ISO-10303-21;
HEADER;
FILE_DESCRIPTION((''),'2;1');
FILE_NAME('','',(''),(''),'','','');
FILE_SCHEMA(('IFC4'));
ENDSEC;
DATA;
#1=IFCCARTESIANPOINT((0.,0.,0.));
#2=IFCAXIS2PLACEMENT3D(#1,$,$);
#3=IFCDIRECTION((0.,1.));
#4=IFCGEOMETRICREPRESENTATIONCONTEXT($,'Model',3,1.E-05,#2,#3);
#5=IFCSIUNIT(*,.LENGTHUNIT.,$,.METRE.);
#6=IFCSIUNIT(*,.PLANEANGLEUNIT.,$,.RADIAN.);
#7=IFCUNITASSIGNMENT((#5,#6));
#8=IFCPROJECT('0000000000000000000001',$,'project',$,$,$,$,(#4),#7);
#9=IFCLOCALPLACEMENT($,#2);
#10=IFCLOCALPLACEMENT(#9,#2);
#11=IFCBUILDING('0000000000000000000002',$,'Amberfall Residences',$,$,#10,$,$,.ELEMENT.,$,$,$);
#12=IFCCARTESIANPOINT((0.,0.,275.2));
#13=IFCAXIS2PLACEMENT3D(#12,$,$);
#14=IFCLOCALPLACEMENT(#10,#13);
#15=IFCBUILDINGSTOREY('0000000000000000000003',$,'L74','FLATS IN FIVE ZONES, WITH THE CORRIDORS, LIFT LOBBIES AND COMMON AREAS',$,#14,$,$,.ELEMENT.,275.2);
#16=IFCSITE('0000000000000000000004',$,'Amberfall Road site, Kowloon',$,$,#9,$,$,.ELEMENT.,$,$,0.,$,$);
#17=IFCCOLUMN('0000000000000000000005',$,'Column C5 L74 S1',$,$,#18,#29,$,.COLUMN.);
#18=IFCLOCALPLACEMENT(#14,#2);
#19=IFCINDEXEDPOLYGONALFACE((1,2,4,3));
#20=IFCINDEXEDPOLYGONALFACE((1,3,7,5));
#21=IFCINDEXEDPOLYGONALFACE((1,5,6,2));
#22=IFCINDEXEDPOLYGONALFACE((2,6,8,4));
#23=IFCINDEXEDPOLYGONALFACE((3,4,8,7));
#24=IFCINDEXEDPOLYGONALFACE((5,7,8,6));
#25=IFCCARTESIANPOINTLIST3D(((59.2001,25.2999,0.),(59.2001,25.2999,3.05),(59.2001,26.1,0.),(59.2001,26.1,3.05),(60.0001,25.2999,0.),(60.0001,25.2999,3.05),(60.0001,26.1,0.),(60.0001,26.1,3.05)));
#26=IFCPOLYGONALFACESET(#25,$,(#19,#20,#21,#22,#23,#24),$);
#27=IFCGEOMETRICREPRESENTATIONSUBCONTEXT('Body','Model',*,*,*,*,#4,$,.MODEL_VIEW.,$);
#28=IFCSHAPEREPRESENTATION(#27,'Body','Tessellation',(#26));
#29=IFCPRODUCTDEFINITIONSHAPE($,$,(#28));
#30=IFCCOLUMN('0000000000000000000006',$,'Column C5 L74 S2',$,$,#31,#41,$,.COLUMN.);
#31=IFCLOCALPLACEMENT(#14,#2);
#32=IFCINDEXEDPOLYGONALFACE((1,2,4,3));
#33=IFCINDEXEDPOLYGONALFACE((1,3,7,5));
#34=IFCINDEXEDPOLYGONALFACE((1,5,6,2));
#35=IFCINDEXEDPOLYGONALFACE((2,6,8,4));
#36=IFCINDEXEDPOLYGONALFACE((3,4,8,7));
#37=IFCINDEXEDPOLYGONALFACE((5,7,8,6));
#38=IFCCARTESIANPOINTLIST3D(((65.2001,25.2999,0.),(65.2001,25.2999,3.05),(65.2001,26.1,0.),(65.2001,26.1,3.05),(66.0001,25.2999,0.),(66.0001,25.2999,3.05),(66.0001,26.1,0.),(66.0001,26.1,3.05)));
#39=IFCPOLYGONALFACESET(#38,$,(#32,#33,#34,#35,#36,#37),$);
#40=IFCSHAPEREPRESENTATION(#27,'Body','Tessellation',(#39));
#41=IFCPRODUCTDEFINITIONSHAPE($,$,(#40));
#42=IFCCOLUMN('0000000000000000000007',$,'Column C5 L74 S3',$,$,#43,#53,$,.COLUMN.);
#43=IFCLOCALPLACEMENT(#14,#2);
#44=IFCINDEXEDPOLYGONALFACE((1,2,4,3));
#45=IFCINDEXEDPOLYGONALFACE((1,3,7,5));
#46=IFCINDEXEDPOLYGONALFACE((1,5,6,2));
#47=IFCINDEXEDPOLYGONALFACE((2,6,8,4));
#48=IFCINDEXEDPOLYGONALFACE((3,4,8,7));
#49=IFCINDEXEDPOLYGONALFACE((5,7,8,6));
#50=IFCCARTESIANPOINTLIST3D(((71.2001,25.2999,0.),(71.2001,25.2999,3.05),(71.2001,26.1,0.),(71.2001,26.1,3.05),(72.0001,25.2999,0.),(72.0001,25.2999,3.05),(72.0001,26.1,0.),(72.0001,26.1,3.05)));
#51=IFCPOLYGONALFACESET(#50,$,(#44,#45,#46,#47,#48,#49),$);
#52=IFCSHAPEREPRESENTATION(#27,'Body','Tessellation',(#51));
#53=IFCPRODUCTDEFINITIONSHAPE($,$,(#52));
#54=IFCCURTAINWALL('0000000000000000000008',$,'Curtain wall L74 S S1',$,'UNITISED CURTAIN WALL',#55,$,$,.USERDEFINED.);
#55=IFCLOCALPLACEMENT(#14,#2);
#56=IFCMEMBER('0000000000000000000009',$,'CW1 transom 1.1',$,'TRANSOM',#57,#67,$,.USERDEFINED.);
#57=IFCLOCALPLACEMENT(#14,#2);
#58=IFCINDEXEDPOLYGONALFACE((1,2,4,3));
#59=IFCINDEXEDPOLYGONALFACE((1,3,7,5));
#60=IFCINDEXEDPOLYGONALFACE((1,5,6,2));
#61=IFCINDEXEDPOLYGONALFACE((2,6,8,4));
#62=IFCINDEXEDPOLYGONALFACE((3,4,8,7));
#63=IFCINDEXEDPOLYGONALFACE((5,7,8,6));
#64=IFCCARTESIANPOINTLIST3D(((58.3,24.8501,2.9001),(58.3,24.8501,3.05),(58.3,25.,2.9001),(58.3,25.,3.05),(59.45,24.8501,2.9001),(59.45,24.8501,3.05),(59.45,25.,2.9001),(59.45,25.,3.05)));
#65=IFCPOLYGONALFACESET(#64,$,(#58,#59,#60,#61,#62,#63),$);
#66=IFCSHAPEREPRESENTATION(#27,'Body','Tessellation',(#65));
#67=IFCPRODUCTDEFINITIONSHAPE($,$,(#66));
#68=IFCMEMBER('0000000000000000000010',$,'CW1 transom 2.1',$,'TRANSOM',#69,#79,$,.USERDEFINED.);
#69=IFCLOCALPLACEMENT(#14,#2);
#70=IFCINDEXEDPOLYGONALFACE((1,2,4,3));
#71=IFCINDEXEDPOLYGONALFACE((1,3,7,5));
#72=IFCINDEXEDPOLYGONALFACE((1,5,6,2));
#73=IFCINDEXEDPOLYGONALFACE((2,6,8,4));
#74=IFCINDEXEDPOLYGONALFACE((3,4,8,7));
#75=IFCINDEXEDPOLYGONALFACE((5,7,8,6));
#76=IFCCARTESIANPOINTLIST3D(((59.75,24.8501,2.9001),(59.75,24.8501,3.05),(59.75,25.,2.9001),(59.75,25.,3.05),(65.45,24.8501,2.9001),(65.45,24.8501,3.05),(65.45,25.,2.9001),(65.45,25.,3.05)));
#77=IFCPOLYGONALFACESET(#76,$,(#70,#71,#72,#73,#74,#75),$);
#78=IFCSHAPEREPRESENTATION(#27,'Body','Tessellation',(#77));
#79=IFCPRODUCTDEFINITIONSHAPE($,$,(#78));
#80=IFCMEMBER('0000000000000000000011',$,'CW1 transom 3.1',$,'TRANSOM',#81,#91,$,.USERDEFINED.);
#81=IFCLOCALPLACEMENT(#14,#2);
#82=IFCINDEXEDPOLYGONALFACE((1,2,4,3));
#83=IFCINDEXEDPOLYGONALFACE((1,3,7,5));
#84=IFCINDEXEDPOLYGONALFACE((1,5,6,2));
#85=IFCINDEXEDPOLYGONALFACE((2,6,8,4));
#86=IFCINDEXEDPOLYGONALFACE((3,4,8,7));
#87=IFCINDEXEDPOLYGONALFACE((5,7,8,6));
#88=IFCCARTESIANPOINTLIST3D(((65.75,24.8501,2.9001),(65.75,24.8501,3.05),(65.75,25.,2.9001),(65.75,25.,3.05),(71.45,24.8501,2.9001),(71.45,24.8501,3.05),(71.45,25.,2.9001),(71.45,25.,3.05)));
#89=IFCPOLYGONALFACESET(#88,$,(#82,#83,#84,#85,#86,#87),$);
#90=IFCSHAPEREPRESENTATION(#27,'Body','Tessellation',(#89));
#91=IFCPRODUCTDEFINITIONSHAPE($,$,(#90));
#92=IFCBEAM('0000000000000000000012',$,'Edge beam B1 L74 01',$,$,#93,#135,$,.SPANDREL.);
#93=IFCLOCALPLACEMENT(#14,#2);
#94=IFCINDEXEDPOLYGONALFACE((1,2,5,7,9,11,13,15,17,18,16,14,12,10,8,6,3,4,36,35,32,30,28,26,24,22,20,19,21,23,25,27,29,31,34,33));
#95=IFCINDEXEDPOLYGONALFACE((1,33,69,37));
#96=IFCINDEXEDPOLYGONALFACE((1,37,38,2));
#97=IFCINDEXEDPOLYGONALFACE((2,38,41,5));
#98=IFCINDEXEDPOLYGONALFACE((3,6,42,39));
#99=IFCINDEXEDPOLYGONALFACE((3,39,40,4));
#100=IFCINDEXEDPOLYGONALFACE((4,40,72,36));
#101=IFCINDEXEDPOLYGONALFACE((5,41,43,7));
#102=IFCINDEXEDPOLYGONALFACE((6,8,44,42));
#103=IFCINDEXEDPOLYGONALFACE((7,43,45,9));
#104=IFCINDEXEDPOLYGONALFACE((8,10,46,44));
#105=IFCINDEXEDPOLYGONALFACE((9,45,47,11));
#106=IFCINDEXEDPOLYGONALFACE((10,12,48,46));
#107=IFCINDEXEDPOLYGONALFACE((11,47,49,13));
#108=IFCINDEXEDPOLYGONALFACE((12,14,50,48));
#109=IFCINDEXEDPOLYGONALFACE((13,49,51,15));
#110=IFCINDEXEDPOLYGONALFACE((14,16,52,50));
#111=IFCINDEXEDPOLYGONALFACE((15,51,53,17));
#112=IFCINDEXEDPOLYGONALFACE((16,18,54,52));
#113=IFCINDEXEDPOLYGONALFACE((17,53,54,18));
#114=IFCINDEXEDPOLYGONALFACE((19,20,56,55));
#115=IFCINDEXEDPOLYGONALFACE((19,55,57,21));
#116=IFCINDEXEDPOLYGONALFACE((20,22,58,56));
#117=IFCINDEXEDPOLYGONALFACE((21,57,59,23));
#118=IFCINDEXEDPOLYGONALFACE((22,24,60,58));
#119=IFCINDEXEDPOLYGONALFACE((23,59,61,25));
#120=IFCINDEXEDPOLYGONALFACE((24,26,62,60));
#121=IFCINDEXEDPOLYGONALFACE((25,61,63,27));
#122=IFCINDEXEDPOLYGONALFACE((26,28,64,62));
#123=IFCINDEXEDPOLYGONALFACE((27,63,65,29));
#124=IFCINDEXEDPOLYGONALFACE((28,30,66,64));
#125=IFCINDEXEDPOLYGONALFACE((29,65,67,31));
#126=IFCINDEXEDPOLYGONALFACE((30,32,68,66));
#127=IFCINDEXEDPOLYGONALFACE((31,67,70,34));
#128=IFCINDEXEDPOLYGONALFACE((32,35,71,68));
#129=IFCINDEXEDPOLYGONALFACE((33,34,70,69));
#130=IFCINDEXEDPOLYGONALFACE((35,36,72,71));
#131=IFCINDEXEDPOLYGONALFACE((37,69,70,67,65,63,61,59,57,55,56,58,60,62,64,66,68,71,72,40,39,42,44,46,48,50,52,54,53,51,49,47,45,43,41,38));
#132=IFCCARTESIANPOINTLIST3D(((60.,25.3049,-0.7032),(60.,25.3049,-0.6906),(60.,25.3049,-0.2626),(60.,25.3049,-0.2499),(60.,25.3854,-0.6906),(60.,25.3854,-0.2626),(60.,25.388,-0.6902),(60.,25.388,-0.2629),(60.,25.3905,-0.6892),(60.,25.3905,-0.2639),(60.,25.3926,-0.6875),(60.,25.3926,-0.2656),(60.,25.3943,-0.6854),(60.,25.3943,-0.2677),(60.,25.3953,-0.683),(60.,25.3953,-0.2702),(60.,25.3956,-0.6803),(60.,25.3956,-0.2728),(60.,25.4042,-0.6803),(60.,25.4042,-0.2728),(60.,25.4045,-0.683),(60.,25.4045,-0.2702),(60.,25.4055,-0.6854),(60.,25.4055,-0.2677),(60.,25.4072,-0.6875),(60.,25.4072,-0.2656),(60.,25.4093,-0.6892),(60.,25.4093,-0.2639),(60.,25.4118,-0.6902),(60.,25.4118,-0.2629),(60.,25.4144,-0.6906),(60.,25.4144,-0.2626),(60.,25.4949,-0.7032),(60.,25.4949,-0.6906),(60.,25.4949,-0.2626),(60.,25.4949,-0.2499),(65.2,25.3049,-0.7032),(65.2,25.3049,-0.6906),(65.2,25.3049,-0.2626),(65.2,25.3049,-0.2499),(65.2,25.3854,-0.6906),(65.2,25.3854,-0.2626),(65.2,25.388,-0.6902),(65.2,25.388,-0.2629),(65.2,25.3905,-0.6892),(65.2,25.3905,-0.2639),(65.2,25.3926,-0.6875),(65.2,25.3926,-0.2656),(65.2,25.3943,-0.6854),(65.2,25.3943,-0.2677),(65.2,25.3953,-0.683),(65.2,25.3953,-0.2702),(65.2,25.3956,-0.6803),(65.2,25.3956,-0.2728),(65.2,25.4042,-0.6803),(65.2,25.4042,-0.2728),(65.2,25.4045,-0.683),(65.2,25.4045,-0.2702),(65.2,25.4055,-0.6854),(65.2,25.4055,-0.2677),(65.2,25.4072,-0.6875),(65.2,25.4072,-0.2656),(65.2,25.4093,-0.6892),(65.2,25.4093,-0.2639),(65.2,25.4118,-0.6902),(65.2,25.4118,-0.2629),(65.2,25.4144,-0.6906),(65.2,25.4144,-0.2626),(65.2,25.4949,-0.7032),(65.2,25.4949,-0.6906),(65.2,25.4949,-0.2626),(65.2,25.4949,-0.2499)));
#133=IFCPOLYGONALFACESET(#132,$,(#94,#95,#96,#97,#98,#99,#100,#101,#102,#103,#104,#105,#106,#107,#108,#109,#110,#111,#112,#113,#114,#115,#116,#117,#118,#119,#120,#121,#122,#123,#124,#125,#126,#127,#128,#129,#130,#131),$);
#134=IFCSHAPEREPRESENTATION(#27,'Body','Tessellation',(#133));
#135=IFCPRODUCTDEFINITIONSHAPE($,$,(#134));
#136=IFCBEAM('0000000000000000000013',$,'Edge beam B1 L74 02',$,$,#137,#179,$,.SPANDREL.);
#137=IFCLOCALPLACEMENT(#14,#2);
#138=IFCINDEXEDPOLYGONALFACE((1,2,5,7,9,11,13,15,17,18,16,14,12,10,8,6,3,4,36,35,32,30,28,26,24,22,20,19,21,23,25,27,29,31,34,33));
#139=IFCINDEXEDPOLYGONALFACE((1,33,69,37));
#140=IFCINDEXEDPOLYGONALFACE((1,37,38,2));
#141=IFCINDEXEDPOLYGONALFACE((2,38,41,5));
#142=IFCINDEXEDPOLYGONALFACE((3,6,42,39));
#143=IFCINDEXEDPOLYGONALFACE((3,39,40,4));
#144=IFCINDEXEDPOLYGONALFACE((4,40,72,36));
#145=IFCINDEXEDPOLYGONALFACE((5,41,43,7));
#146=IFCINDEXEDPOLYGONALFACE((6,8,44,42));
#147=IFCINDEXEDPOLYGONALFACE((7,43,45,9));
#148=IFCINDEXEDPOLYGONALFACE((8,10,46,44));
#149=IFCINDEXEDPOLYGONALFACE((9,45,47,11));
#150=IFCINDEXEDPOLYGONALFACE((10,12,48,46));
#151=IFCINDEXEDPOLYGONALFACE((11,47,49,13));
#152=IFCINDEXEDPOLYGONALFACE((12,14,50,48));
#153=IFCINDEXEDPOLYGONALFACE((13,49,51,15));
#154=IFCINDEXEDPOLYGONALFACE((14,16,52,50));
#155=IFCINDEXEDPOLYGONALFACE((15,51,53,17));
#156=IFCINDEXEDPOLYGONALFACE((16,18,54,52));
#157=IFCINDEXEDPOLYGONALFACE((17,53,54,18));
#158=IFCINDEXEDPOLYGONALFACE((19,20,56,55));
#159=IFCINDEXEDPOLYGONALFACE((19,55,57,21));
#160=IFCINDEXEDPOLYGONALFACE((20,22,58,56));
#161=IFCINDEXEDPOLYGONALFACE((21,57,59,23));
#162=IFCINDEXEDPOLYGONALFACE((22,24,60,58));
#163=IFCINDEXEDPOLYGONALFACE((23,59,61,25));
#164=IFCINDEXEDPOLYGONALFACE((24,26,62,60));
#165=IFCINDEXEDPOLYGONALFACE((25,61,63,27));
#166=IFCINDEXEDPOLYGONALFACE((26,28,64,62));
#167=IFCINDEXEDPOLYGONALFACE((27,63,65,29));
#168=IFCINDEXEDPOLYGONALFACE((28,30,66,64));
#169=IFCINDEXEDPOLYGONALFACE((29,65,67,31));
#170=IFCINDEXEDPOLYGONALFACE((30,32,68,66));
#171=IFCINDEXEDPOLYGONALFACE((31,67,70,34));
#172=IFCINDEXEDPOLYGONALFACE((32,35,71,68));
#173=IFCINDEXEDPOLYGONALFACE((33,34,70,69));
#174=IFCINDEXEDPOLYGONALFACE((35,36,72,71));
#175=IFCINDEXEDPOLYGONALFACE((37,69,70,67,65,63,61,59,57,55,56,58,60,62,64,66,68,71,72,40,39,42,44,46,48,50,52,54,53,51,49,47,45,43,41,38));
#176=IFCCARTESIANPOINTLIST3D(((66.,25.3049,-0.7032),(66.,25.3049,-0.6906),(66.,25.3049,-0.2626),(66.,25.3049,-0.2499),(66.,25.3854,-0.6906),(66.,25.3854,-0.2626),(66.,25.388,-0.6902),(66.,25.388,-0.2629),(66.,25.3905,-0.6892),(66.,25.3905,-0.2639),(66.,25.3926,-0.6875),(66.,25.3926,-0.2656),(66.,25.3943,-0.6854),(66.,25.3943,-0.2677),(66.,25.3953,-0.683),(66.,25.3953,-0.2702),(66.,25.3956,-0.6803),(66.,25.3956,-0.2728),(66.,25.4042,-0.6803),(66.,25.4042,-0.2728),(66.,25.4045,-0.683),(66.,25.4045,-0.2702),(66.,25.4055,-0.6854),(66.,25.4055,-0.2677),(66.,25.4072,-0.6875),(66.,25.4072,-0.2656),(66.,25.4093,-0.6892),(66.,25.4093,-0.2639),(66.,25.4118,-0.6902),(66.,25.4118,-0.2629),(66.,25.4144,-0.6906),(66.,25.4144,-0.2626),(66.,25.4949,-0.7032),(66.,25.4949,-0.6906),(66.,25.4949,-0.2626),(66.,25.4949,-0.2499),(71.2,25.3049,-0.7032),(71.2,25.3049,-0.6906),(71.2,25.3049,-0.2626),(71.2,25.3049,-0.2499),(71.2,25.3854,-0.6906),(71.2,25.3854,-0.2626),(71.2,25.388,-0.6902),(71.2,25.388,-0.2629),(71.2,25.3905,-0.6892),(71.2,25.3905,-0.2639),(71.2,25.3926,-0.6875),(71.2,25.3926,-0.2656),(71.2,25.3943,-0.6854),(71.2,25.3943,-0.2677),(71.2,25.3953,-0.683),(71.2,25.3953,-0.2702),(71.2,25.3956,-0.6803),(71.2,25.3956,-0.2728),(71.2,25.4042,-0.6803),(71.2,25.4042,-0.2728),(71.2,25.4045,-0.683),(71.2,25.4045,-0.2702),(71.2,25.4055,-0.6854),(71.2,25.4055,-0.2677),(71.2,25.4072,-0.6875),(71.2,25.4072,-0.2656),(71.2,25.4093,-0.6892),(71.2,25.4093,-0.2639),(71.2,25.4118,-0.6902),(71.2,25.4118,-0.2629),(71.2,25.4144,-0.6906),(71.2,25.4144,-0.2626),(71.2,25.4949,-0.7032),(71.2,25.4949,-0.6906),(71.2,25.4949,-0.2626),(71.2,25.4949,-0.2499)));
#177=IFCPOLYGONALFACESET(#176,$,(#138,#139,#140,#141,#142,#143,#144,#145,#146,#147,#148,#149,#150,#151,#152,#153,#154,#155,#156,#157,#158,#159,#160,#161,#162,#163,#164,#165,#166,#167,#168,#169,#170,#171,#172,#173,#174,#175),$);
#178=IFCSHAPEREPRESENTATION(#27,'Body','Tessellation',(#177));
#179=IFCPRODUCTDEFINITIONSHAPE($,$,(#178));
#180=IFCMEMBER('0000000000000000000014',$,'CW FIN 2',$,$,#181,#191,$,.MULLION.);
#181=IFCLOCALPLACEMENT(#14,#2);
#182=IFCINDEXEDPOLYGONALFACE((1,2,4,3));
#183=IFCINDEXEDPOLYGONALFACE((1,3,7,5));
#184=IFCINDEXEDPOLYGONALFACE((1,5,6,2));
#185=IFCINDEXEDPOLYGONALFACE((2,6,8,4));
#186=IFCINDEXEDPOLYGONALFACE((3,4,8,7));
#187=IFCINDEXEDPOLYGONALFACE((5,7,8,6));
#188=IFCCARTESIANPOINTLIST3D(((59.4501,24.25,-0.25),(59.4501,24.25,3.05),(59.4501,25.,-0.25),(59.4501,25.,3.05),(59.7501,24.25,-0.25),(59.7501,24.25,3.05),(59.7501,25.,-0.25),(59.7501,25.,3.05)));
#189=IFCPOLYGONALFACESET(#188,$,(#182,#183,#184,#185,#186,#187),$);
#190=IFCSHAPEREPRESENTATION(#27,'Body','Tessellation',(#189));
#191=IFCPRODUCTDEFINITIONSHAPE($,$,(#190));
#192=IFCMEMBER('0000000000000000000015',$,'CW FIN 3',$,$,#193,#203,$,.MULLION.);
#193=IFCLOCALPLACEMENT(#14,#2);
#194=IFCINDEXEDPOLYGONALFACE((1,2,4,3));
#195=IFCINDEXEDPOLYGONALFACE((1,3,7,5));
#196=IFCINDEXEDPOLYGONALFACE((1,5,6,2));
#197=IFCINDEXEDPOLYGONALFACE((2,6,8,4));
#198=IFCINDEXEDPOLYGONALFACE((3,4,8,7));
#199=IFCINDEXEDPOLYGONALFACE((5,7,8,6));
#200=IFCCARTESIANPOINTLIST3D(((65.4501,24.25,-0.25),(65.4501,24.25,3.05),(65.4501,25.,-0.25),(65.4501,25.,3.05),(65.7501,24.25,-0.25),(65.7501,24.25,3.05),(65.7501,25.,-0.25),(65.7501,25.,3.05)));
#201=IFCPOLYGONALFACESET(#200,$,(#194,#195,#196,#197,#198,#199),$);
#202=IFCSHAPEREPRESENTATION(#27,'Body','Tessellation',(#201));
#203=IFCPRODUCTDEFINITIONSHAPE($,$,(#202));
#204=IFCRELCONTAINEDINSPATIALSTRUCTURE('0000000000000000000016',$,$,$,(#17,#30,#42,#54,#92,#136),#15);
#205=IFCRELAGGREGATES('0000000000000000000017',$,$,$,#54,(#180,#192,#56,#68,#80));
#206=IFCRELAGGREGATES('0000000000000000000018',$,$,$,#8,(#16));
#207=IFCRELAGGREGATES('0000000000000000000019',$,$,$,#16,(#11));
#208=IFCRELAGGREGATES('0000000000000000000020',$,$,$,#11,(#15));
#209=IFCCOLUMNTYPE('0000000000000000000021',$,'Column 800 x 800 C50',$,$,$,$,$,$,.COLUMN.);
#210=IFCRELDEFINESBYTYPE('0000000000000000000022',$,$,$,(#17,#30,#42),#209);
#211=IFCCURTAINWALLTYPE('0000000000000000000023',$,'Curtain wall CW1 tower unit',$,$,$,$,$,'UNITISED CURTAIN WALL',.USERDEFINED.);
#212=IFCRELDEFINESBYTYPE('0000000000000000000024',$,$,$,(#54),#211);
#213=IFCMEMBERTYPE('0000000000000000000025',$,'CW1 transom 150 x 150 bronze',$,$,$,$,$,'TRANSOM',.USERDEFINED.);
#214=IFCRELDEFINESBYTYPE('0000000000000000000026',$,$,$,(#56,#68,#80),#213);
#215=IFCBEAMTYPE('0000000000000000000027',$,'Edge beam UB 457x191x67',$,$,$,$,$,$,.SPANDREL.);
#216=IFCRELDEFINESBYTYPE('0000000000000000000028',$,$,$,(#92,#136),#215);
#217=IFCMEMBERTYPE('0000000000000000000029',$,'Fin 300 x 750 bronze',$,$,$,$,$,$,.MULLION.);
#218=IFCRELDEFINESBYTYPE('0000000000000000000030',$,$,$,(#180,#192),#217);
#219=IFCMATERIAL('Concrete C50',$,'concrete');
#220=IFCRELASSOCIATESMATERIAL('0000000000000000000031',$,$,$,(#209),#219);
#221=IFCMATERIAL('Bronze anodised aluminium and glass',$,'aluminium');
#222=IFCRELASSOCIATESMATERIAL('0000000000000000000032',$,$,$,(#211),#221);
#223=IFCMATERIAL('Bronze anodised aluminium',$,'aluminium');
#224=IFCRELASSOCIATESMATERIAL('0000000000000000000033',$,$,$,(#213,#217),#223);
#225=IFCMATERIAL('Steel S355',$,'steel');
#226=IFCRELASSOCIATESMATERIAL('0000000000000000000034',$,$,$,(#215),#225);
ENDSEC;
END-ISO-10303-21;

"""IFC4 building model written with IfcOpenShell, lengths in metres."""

from ifc_helpers import new_model, si_unit, direction, frame, origin, origin_2d, place, context, subcontext, project, spatial, rectangle, i_section, extrude, material, material_profile, profile_set, type_object, element, aggregate, save


model = new_model("IFC4")

# Units and contexts
model_context = context("Model", 3, precision=1e-05, world=origin(), true_north=direction((0.0, 1.0)))
body_context = subcontext(model_context, "Body", "Model", "MODEL_VIEW")
ifc_project = project(units=[si_unit("LENGTHUNIT", "METRE"), si_unit("PLANEANGLEUNIT", "RADIAN")], contexts=[model_context])

# Site, building, storey
site_placement = place(None, origin())
site = spatial("IfcSite", under=ifc_project, at=site_placement, Name="Amberfall Road site, Kowloon", CompositionType="ELEMENT", RefElevation=0.0)
building_placement = place(site_placement, origin())
building = spatial("IfcBuilding", under=site, at=building_placement, Name="Amberfall Residences", CompositionType="ELEMENT")
storey_placement = place(building_placement, frame((0.0, 0.0, 275.2)))
storey = spatial("IfcBuildingStorey", under=building, at=storey_placement, Name="L74", Description="FLATS IN FIVE ZONES, WITH THE CORRIDORS, LIFT LOBBIES AND COMMON AREAS", CompositionType="ELEMENT", Elevation=275.2)

# Columns
ifc_material_1 = material(Name="Concrete C50", Category="concrete")
ifc_material_profile_1 = material_profile(ifc_material_1, rectangle(XDim=0.8, YDim=0.8, at=origin_2d()), Name="Column 800 x 800 C50")
ifc_profile_set_1 = profile_set([ifc_material_profile_1], Name="Concrete C50")
column_type = type_object("IfcColumnType", Name="Column 800 x 800 C50", PredefinedType="COLUMN", material=ifc_profile_set_1)
for number, where, z_axis, x_axis, name in (
    (1, (59.6001, 25.7, 0.0), (0.0, 0.0, 1.0), (1.0, 0.0, 0.0), "Column C5 L74 S1"),
    (2, (65.6001, 25.7, 0.0), (0.0, 0.0, 1.0), (1.0, 0.0, 0.0), "Column C5 L74 S2"),
    (3, (71.6001, 25.7, 0.0), (0.0, 0.0, 1.0), (1.0, 0.0, 0.0), "Column C5 L74 S3"),
):
    element("IfcColumn", number, at=place(storey_placement, frame(where, z_axis=z_axis, x_axis=x_axis)), inside=storey, type_object=column_type, Name=name, PredefinedType="COLUMN", context=body_context, shape_type="SweptSolid", body=[
        extrude(rectangle(XDim=0.8, YDim=0.8, at=origin_2d()), origin(), (0.0, 0.0, 1.0), 3.05),
    ])

# Curtain wall, members
ifc_material_2 = material(Name="Bronze anodised aluminium and glass", Category="aluminium")
curtain_wall_type = type_object("IfcCurtainWallType", Name="Curtain wall CW1 tower unit", ElementType="UNITISED CURTAIN WALL", PredefinedType="USERDEFINED", material=ifc_material_2)
curtain_wall_placement = place(storey_placement, origin())
curtain_wall = element("IfcCurtainWall", 4, at=curtain_wall_placement, inside=storey, type_object=curtain_wall_type, Name="Curtain wall L74 S S1", ObjectType="UNITISED CURTAIN WALL", PredefinedType="USERDEFINED")
ifc_material_3 = material(Name="Bronze anodised aluminium", Category="aluminium")
ifc_material_profile_2 = material_profile(ifc_material_3, rectangle(XDim=0.1499, YDim=0.1499, at=origin_2d()), Name="CW1 transom 150 x 150 bronze")
ifc_profile_set_2 = profile_set([ifc_material_profile_2], Name="Bronze anodised aluminium")
member_type_1 = type_object("IfcMemberType", Name="CW1 transom 150 x 150 bronze", ElementType="TRANSOM", PredefinedType="USERDEFINED", material=ifc_profile_set_2)
member_1_placement = place(storey_placement, frame((58.3, 24.925, 2.9751), z_axis=(1.0, 0.0, 0.0), x_axis=(0.0, 1.0, 0.0)))
member_1 = element("IfcMember", 5, at=member_1_placement, type_object=member_type_1, Name="CW1 transom 1.1", ObjectType="TRANSOM", PredefinedType="USERDEFINED", context=body_context, shape_type="SweptSolid", body=[
    extrude(rectangle(XDim=0.1499, YDim=0.1499, at=origin_2d()), origin(), (0.0, 0.0, 1.0), 1.1499),
])
member_2_placement = place(storey_placement, frame((59.75, 24.925, 2.9751), z_axis=(1.0, 0.0, 0.0), x_axis=(0.0, 1.0, 0.0)))
member_2 = element("IfcMember", 6, at=member_2_placement, type_object=member_type_1, Name="CW1 transom 2.1", ObjectType="TRANSOM", PredefinedType="USERDEFINED", context=body_context, shape_type="SweptSolid", body=[
    extrude(rectangle(XDim=0.1499, YDim=0.1499, at=origin_2d()), origin(), (0.0, 0.0, 1.0), 5.7),
])
member_3_placement = place(storey_placement, frame((65.75, 24.925, 2.9751), z_axis=(1.0, 0.0, 0.0), x_axis=(0.0, 1.0, 0.0)))
member_3 = element("IfcMember", 7, at=member_3_placement, type_object=member_type_1, Name="CW1 transom 3.1", ObjectType="TRANSOM", PredefinedType="USERDEFINED", context=body_context, shape_type="SweptSolid", body=[
    extrude(rectangle(XDim=0.1499, YDim=0.1499, at=origin_2d()), origin(), (0.0, 0.0, 1.0), 5.7),
])

# Beams
ifc_material_4 = material(Name="Steel S355", Category="steel")
ifc_material_profile_3 = material_profile(ifc_material_4, i_section(OverallWidth=0.1899, OverallDepth=0.4534, WebThickness=0.0085, FlangeThickness=0.0127, FilletRadius=0.0103, at=origin_2d()), Name="UB 457x191x67")
ifc_profile_set_3 = profile_set([ifc_material_profile_3], Name="Steel S355")
beam_type_1 = type_object("IfcBeamType", Name="Edge beam UB 457x191x67", PredefinedType="SPANDREL", material=ifc_profile_set_3)
for number, where, z_axis, x_axis, name in (
    (8, (60.0, 25.3999, -0.4766), (1.0, 0.0, 0.0), (0.0, 1.0, 0.0), "Edge beam B1 L74 01"),
    (9, (66.0, 25.3999, -0.4766), (1.0, 0.0, 0.0), (0.0, 1.0, 0.0), "Edge beam B1 L74 02"),
):
    element("IfcBeam", number, at=place(storey_placement, frame(where, z_axis=z_axis, x_axis=x_axis)), inside=storey, type_object=beam_type_1, Name=name, PredefinedType="SPANDREL", context=body_context, shape_type="SweptSolid", body=[
        extrude(i_section(OverallWidth=0.1899, OverallDepth=0.4534, WebThickness=0.0085, FlangeThickness=0.0127, FilletRadius=0.0103, at=origin_2d()), origin(), (0.0, 0.0, 1.0), 5.2),
    ])

# Members
ifc_material_profile_4 = material_profile(ifc_material_3, rectangle(XDim=0.75, YDim=0.3, at=origin_2d()), Name="Fin 300 x 750 bronze")
ifc_profile_set_4 = profile_set([ifc_material_profile_4], Name="Bronze anodised aluminium")
member_type_2 = type_object("IfcMemberType", Name="Fin 300 x 750 bronze", PredefinedType="MULLION", material=ifc_profile_set_4)
member_4_placement = place(storey_placement, frame((59.6001, 24.625, -0.25), z_axis=(0.0, 0.0, 1.0), x_axis=(0.0, 1.0, 0.0)))
member_4 = element("IfcMember", 10, at=member_4_placement, type_object=member_type_2, Name="CW FIN 2", PredefinedType="MULLION", context=body_context, shape_type="SweptSolid", body=[
    extrude(rectangle(XDim=0.75, YDim=0.3, at=origin_2d()), origin(), (0.0, 0.0, 1.0), 3.3),
])
member_5_placement = place(storey_placement, frame((65.6001, 24.625, -0.25), z_axis=(0.0, 0.0, 1.0), x_axis=(0.0, 1.0, 0.0)))
member_5 = element("IfcMember", 11, at=member_5_placement, type_object=member_type_2, Name="CW FIN 3", PredefinedType="MULLION", context=body_context, shape_type="SweptSolid", body=[
    extrude(rectangle(XDim=0.75, YDim=0.3, at=origin_2d()), origin(), (0.0, 0.0, 1.0), 3.3),
])

aggregate(curtain_wall, [member_4, member_5, member_1, member_2, member_3])

save(model, "model.ifc")
